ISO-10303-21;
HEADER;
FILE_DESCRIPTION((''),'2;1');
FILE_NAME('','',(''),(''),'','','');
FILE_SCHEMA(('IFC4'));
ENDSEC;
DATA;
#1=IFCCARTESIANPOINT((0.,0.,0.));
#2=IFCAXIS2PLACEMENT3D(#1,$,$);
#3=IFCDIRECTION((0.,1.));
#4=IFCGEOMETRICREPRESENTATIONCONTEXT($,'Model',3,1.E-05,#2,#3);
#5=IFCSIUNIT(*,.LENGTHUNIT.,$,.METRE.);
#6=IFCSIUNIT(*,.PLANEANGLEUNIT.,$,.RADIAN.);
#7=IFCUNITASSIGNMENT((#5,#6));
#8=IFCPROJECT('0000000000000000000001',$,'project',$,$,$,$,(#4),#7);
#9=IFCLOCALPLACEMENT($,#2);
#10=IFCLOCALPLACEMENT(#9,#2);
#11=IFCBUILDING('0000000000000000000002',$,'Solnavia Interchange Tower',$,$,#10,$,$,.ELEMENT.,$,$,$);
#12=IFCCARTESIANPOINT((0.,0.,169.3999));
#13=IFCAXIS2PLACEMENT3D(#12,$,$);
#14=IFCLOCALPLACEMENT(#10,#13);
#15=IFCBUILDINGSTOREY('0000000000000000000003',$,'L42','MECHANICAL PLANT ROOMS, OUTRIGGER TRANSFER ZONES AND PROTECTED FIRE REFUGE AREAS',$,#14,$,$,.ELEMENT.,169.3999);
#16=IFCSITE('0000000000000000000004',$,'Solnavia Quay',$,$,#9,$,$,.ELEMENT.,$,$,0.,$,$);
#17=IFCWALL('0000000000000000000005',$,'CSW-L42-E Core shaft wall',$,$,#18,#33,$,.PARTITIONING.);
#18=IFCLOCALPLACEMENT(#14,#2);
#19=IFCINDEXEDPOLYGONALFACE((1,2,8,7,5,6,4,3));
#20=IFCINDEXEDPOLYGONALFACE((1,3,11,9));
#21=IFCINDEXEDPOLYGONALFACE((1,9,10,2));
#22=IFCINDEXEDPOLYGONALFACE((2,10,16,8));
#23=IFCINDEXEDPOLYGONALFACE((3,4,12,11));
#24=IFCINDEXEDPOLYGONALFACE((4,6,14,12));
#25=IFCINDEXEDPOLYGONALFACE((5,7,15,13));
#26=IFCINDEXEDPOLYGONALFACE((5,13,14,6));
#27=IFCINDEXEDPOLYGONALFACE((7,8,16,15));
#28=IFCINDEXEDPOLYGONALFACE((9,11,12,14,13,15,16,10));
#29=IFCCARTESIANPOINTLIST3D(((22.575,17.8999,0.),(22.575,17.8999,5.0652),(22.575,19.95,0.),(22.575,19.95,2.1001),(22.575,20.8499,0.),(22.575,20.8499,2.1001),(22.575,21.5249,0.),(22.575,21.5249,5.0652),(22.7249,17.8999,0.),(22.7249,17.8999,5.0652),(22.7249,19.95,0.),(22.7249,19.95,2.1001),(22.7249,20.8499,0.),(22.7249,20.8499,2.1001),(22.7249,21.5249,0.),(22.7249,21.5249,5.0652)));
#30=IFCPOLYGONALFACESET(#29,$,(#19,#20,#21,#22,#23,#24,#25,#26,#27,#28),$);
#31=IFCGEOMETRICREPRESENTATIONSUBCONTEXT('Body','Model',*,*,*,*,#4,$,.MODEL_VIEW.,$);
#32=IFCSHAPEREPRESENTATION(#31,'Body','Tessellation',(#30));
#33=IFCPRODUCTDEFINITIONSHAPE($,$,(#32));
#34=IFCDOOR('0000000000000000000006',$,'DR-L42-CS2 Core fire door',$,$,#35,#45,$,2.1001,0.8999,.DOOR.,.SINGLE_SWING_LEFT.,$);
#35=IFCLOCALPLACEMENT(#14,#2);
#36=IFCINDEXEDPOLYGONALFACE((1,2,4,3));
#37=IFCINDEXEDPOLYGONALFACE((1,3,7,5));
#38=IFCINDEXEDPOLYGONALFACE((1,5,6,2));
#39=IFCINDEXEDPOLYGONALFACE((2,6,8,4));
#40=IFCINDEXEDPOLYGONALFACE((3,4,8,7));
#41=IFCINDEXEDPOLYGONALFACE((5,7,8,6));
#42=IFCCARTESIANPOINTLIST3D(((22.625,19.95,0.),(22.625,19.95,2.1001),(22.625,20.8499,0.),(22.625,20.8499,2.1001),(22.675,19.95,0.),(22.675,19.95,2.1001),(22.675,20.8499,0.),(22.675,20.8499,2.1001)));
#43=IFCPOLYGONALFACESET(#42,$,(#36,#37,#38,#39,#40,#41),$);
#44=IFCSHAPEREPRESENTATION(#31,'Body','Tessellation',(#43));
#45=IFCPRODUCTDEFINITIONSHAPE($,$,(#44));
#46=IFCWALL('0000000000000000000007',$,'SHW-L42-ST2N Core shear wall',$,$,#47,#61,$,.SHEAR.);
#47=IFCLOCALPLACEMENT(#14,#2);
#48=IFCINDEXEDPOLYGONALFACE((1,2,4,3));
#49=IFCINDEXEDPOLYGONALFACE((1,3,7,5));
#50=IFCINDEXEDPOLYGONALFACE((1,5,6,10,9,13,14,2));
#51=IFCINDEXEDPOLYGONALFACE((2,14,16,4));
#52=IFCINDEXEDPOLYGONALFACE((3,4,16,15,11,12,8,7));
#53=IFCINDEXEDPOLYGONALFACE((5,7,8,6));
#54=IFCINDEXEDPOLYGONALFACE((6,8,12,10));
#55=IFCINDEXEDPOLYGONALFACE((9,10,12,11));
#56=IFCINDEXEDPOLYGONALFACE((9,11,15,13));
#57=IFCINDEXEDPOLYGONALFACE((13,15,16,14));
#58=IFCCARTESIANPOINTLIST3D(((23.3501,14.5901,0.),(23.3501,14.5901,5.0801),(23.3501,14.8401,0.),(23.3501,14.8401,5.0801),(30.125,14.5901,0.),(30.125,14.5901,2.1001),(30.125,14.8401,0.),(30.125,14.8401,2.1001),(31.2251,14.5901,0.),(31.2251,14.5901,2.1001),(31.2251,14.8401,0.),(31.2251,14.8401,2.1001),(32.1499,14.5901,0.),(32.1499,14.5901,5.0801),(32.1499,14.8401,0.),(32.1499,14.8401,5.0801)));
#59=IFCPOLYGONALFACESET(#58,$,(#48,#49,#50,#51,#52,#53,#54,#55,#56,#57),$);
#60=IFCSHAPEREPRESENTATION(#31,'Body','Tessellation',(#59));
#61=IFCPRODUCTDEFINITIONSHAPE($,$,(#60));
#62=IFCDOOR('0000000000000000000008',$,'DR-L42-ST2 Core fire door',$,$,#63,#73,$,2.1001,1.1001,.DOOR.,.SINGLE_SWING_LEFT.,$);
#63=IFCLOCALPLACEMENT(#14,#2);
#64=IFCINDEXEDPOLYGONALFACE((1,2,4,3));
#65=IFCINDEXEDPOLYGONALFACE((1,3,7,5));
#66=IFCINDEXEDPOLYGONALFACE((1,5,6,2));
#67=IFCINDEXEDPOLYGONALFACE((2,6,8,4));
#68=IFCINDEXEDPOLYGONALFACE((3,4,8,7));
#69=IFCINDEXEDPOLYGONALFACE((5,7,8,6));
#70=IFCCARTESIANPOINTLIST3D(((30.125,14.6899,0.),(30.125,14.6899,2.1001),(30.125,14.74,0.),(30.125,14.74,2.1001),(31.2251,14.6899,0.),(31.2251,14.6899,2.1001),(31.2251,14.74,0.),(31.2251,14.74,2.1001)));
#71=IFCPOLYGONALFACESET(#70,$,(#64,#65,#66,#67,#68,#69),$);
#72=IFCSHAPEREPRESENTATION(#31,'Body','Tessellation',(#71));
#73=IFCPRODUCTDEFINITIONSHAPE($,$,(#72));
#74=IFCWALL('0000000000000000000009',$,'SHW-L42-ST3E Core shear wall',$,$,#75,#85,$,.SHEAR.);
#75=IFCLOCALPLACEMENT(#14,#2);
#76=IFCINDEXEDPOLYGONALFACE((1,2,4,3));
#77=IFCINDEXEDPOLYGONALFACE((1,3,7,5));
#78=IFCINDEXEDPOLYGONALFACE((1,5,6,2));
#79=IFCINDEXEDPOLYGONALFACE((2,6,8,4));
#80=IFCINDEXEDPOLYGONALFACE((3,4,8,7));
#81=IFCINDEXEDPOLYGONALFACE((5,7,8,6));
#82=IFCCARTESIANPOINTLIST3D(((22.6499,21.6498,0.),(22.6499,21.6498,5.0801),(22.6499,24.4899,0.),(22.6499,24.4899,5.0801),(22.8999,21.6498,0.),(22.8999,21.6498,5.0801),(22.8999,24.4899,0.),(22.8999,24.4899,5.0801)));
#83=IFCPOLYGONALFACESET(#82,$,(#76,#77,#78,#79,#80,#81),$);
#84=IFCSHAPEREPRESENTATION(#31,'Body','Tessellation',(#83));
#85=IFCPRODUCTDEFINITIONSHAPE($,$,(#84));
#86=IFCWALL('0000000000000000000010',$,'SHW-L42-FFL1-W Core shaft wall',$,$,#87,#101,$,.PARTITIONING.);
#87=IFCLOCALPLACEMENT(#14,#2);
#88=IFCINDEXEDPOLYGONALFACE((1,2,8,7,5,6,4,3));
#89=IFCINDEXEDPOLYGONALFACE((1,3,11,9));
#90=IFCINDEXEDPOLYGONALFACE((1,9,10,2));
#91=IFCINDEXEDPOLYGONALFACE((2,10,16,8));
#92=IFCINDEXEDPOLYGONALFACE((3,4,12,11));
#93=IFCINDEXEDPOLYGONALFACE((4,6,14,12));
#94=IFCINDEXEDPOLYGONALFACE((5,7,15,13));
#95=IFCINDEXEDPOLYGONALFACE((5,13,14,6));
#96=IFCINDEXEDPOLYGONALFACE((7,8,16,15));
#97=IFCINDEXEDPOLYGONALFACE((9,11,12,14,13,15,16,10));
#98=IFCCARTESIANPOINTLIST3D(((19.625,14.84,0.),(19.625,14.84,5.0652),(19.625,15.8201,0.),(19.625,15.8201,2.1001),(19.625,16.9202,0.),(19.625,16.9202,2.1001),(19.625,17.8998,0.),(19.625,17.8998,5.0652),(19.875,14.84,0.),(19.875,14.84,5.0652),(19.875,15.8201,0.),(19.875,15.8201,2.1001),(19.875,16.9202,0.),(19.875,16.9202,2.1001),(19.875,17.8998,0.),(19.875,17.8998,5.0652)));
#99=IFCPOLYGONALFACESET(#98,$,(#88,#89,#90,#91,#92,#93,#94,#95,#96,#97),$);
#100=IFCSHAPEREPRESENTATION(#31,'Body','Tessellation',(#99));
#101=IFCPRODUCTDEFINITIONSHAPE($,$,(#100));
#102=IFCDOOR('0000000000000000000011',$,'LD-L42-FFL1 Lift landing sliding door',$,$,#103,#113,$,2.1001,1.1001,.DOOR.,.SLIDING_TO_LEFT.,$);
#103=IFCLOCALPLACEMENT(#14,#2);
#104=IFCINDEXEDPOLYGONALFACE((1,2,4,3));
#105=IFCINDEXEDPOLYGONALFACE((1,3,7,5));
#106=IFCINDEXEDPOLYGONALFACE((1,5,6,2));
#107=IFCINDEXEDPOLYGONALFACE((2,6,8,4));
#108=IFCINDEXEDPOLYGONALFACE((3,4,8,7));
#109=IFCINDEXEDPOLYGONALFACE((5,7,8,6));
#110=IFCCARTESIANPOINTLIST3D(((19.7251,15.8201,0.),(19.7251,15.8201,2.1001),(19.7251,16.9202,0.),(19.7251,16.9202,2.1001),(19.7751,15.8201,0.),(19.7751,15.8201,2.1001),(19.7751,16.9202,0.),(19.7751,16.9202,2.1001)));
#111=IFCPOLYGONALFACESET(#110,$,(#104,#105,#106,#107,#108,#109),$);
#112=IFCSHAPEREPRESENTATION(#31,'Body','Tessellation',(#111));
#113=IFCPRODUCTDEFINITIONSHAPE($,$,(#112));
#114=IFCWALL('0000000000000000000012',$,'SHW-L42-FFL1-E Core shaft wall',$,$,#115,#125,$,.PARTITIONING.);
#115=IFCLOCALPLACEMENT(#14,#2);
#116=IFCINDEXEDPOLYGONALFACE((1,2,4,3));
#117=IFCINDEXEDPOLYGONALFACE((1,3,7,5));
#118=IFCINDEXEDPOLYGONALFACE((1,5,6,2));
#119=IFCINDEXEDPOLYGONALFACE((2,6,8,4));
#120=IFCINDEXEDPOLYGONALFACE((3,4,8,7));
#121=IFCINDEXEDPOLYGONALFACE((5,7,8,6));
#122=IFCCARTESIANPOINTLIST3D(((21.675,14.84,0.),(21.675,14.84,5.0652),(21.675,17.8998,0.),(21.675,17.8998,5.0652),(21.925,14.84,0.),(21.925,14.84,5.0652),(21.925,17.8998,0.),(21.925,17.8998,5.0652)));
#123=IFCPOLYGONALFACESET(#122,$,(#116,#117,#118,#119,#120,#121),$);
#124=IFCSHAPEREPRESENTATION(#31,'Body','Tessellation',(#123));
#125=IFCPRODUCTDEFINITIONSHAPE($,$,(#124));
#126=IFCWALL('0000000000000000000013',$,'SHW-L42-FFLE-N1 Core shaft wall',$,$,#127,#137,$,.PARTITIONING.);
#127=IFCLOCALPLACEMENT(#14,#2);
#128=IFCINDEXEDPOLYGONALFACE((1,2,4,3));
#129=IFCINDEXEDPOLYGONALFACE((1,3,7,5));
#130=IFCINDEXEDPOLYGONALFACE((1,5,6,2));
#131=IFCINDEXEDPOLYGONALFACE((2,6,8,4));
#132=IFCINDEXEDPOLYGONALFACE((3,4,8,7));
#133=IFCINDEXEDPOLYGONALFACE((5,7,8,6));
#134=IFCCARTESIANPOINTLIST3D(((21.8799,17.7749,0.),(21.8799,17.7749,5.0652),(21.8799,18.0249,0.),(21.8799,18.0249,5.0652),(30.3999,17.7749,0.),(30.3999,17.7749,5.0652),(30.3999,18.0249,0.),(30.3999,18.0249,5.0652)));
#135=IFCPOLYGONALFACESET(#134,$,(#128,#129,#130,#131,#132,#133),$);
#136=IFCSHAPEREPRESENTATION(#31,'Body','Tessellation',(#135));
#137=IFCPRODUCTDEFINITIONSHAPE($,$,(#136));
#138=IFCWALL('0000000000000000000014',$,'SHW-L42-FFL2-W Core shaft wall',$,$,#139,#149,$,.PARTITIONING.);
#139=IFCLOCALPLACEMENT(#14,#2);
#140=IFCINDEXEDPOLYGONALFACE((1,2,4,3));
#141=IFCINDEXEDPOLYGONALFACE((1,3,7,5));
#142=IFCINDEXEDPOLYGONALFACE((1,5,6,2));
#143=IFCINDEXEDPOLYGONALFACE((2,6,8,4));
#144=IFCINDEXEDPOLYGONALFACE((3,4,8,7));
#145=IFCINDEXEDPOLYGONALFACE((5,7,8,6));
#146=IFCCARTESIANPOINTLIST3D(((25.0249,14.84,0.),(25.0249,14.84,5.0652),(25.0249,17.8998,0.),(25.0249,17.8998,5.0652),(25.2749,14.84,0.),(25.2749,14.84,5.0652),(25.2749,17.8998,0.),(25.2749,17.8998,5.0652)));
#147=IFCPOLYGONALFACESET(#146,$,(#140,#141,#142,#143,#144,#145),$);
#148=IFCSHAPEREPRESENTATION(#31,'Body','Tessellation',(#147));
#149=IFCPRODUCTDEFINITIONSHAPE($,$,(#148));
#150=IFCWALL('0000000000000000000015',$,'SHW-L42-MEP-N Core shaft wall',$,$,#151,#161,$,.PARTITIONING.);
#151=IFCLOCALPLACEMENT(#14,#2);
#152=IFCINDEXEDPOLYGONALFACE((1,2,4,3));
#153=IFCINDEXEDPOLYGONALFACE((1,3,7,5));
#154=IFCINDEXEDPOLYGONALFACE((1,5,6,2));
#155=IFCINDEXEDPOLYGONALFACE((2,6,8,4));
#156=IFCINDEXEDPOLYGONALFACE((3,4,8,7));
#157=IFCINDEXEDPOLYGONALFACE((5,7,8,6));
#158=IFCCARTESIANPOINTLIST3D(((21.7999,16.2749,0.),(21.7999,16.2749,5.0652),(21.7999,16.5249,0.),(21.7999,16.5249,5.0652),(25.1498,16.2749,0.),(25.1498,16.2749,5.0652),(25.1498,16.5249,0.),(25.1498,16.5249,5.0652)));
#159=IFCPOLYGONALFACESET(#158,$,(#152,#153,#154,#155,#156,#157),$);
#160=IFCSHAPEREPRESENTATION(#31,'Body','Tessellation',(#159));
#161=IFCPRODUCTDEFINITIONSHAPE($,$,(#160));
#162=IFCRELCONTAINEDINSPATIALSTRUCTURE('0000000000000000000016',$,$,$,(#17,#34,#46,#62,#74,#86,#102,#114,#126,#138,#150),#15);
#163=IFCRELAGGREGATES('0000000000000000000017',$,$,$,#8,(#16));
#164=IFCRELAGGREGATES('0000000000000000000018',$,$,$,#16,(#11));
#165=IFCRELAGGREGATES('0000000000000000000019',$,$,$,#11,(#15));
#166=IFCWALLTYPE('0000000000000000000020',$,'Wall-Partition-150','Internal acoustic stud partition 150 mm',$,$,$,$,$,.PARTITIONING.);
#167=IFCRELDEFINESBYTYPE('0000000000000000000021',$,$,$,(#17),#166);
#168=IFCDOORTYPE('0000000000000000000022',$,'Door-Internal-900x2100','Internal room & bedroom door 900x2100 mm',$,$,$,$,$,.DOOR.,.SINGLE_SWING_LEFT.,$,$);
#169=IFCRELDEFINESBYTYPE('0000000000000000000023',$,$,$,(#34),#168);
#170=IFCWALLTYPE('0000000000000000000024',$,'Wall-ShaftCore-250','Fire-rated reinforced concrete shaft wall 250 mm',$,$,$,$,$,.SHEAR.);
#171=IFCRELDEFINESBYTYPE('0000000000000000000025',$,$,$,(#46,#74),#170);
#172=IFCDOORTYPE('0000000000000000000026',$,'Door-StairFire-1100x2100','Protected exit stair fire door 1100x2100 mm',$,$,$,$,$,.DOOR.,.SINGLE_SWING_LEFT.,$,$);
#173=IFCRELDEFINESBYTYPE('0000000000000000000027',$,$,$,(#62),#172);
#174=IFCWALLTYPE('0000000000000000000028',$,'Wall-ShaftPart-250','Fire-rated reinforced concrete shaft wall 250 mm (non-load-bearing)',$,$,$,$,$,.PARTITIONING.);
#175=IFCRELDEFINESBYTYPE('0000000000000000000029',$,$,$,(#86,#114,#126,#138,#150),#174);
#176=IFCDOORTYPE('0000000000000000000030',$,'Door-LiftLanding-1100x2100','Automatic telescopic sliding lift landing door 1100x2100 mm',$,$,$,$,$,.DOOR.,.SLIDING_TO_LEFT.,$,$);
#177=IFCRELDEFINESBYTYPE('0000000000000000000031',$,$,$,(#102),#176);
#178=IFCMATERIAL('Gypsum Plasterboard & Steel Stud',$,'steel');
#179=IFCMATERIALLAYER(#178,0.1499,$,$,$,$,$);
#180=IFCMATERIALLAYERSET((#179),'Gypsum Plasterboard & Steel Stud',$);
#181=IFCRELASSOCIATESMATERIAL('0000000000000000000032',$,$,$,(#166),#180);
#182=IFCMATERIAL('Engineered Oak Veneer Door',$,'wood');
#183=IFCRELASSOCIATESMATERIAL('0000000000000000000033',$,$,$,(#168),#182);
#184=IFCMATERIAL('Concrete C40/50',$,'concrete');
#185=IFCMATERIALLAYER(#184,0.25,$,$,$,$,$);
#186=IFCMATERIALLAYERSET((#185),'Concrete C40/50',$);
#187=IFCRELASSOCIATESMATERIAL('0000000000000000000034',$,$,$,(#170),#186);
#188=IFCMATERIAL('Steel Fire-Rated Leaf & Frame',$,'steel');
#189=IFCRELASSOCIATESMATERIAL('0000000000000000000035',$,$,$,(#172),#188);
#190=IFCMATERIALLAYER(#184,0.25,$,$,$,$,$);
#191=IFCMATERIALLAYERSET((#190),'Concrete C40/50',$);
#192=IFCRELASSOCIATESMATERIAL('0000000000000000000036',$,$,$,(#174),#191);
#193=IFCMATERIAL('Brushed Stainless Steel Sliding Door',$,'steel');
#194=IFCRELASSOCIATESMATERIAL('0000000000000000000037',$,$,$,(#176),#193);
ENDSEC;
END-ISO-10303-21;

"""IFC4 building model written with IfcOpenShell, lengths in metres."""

from ifc_helpers import new_model, si_unit, direction, frame, frame_2d, origin, place, context, subcontext, project, spatial, rectangle, extrude, material, layer, layer_set, type_object, element, fill, save


model = new_model("IFC4")

# Units and contexts
model_context = context("Model", 3, precision=1e-05, world=origin(), true_north=direction((0.0, 1.0)))
body_context = subcontext(model_context, "Body", "Model", "MODEL_VIEW")
ifc_project = project(units=[si_unit("LENGTHUNIT", "METRE"), si_unit("PLANEANGLEUNIT", "RADIAN")], contexts=[model_context])

# Site, building, storey
site_placement = place(None, origin())
site = spatial("IfcSite", under=ifc_project, at=site_placement, Name="Solnavia Quay", CompositionType="ELEMENT", RefElevation=0.0)
building_placement = place(site_placement, origin())
building = spatial("IfcBuilding", under=site, at=building_placement, Name="Solnavia Interchange Tower", CompositionType="ELEMENT")
storey_placement = place(building_placement, frame((0.0, 0.0, 169.3999)))
storey = spatial("IfcBuildingStorey", under=building, at=storey_placement, Name="L42", Description="MECHANICAL PLANT ROOMS, OUTRIGGER TRANSFER ZONES AND PROTECTED FIRE REFUGE AREAS", CompositionType="ELEMENT", Elevation=169.3999)

# Walls, openings, doors
ifc_material_1 = material(Name="Gypsum Plasterboard & Steel Stud", Category="steel")
ifc_layer_1 = layer(ifc_material_1, 0.1499)
ifc_layer_set_1 = layer_set([ifc_layer_1], Name="Gypsum Plasterboard & Steel Stud")
wall_type_1 = type_object("IfcWallType", Name="Wall-Partition-150", Description="Internal acoustic stud partition 150 mm", PredefinedType="PARTITIONING", material=ifc_layer_set_1)
wall_1_placement = place(storey_placement, frame((22.6499, 17.8999, 0.0), z_axis=(0.0, 0.0, 1.0), x_axis=(0.0, 1.0, 0.0)))
wall_1 = element("IfcWall", 1, at=wall_1_placement, inside=storey, type_object=wall_type_1, Name="CSW-L42-E Core shaft wall", PredefinedType="PARTITIONING", context=body_context, shape_type="SweptSolid", body=[
    extrude(rectangle(XDim=3.625, YDim=0.1499, at=frame_2d((1.8125, 0.0))), origin(), (0.0, 0.0, 1.0), 5.0652),
])
opening_1_placement = place(wall_1_placement, frame((2.05, 0.0, 0.0)))
opening_1 = element("IfcOpeningElement", 2, at=opening_1_placement, cuts=wall_1, PredefinedType="OPENING", context=body_context, shape_type="SweptSolid", body=[
    extrude(rectangle(XDim=0.8999, YDim=2.1001, at=frame_2d((0.45, 1.05))), frame((0.0, 0.085, 0.0), z_axis=(0.0, -1.0, 0.0), x_axis=(1.0, 0.0, 0.0)), (0.0, 0.0, 1.0), 0.1699),
])
ifc_material_2 = material(Name="Engineered Oak Veneer Door", Category="wood")
door_type_1 = type_object("IfcDoorType", Name="Door-Internal-900x2100", Description="Internal room & bedroom door 900x2100 mm", OperationType="SINGLE_SWING_LEFT", PredefinedType="DOOR", material=ifc_material_2)
door_1_placement = place(opening_1_placement, origin())
door_1 = element("IfcDoor", 3, at=door_1_placement, inside=storey, type_object=door_type_1, Name="DR-L42-CS2 Core fire door", OperationType="SINGLE_SWING_LEFT", OverallHeight=2.1001, OverallWidth=0.8999, PredefinedType="DOOR", context=body_context, shape_type="SweptSolid", body=[
    extrude(rectangle(XDim=0.8999, YDim=2.1001, at=frame_2d((0.45, 1.05))), frame((0.0, 0.0249, 0.0), z_axis=(0.0, -1.0, 0.0), x_axis=(1.0, 0.0, 0.0)), (0.0, 0.0, 1.0), 0.05),
])
fill(opening_1, door_1)
ifc_material_3 = material(Name="Concrete C40/50", Category="concrete")
ifc_layer_2 = layer(ifc_material_3, 0.25)
ifc_layer_set_2 = layer_set([ifc_layer_2], Name="Concrete C40/50")
wall_type_2 = type_object("IfcWallType", Name="Wall-ShaftCore-250", Description="Fire-rated reinforced concrete shaft wall 250 mm", PredefinedType="SHEAR", material=ifc_layer_set_2)
wall_2_placement = place(storey_placement, frame((23.3501, 14.7151, 0.0), z_axis=(0.0, 0.0, 1.0), x_axis=(1.0, 0.0, 0.0)))
wall_2 = element("IfcWall", 4, at=wall_2_placement, inside=storey, type_object=wall_type_2, Name="SHW-L42-ST2N Core shear wall", PredefinedType="SHEAR", context=body_context, shape_type="SweptSolid", body=[
    extrude(rectangle(XDim=8.7998, YDim=0.25, at=frame_2d((4.3999, 0.0))), origin(), (0.0, 0.0, 1.0), 5.0801),
])
opening_2_placement = place(wall_2_placement, frame((6.7749, 0.0, 0.0)))
opening_2 = element("IfcOpeningElement", 5, at=opening_2_placement, cuts=wall_2, PredefinedType="OPENING", context=body_context, shape_type="SweptSolid", body=[
    extrude(rectangle(XDim=1.1001, YDim=2.1001, at=frame_2d((0.55, 1.05))), frame((0.0, 0.135, 0.0), z_axis=(0.0, -1.0, 0.0), x_axis=(1.0, 0.0, 0.0)), (0.0, 0.0, 1.0), 0.27),
])
ifc_material_4 = material(Name="Steel Fire-Rated Leaf & Frame", Category="steel")
door_type_2 = type_object("IfcDoorType", Name="Door-StairFire-1100x2100", Description="Protected exit stair fire door 1100x2100 mm", OperationType="SINGLE_SWING_LEFT", PredefinedType="DOOR", material=ifc_material_4)
door_2_placement = place(opening_2_placement, origin())
door_2 = element("IfcDoor", 6, at=door_2_placement, inside=storey, type_object=door_type_2, Name="DR-L42-ST2 Core fire door", OperationType="SINGLE_SWING_LEFT", OverallHeight=2.1001, OverallWidth=1.1001, PredefinedType="DOOR", context=body_context, shape_type="SweptSolid", body=[
    extrude(rectangle(XDim=1.1001, YDim=2.1001, at=frame_2d((0.55, 1.05))), frame((0.0, 0.0249, 0.0), z_axis=(0.0, -1.0, 0.0), x_axis=(1.0, 0.0, 0.0)), (0.0, 0.0, 1.0), 0.05),
])
fill(opening_2, door_2)

# Wall
wall_3_placement = place(storey_placement, frame((22.7749, 21.6499, 0.0), z_axis=(0.0, 0.0, 1.0), x_axis=(0.0, 1.0, 0.0)))
element("IfcWall", 7, at=wall_3_placement, inside=storey, type_object=wall_type_2, Name="SHW-L42-ST3E Core shear wall", PredefinedType="SHEAR", context=body_context, shape_type="SweptSolid", body=[
    extrude(rectangle(XDim=2.8401, YDim=0.25, at=frame_2d((1.4199, 0.0))), origin(), (0.0, 0.0, 1.0), 5.0801),
])

# Wall, opening, door
ifc_layer_3 = layer(ifc_material_3, 0.25)
ifc_layer_set_3 = layer_set([ifc_layer_3], Name="Concrete C40/50")
wall_type_3 = type_object("IfcWallType", Name="Wall-ShaftPart-250", Description="Fire-rated reinforced concrete shaft wall 250 mm (non-load-bearing)", PredefinedType="PARTITIONING", material=ifc_layer_set_3)
wall_4_placement = place(storey_placement, frame((19.75, 14.8401, 0.0), z_axis=(0.0, 0.0, 1.0), x_axis=(0.0, 1.0, 0.0)))
wall_4 = element("IfcWall", 8, at=wall_4_placement, inside=storey, type_object=wall_type_3, Name="SHW-L42-FFL1-W Core shaft wall", PredefinedType="PARTITIONING", context=body_context, shape_type="SweptSolid", body=[
    extrude(rectangle(XDim=3.0598, YDim=0.25, at=frame_2d((1.5298, 0.0))), origin(), (0.0, 0.0, 1.0), 5.0652),
])
opening_3_placement = place(wall_4_placement, frame((0.98, 0.0, 0.0)))
opening_3 = element("IfcOpeningElement", 9, at=opening_3_placement, cuts=wall_4, PredefinedType="OPENING", context=body_context, shape_type="SweptSolid", body=[
    extrude(rectangle(XDim=1.1001, YDim=2.1001, at=frame_2d((0.55, 1.05))), frame((0.0, 0.135, 0.0), z_axis=(0.0, -1.0, 0.0), x_axis=(1.0, 0.0, 0.0)), (0.0, 0.0, 1.0), 0.27),
])
ifc_material_5 = material(Name="Brushed Stainless Steel Sliding Door", Category="steel")
door_type_3 = type_object("IfcDoorType", Name="Door-LiftLanding-1100x2100", Description="Automatic telescopic sliding lift landing door 1100x2100 mm", OperationType="SLIDING_TO_LEFT", PredefinedType="DOOR", material=ifc_material_5)
door_3_placement = place(opening_3_placement, origin())
door_3 = element("IfcDoor", 10, at=door_3_placement, inside=storey, type_object=door_type_3, Name="LD-L42-FFL1 Lift landing sliding door", OperationType="SLIDING_TO_LEFT", OverallHeight=2.1001, OverallWidth=1.1001, PredefinedType="DOOR", context=body_context, shape_type="SweptSolid", body=[
    extrude(rectangle(XDim=1.1001, YDim=2.1001, at=frame_2d((0.55, 1.05))), frame((0.0, 0.0249, 0.0), z_axis=(0.0, -1.0, 0.0), x_axis=(1.0, 0.0, 0.0)), (0.0, 0.0, 1.0), 0.05),
])
fill(opening_3, door_3)

# Walls
wall_5_placement = place(storey_placement, frame((21.8, 14.8401, 0.0), z_axis=(0.0, 0.0, 1.0), x_axis=(0.0, 1.0, 0.0)))
element("IfcWall", 11, at=wall_5_placement, inside=storey, type_object=wall_type_3, Name="SHW-L42-FFL1-E Core shaft wall", PredefinedType="PARTITIONING", context=body_context, shape_type="SweptSolid", body=[
    extrude(rectangle(XDim=3.0598, YDim=0.25, at=frame_2d((1.5298, 0.0))), origin(), (0.0, 0.0, 1.0), 5.0652),
])
wall_6_placement = place(storey_placement, frame((21.8799, 17.8999, 0.0), z_axis=(0.0, 0.0, 1.0), x_axis=(1.0, 0.0, 0.0)))
element("IfcWall", 12, at=wall_6_placement, inside=storey, type_object=wall_type_3, Name="SHW-L42-FFLE-N1 Core shaft wall", PredefinedType="PARTITIONING", context=body_context, shape_type="SweptSolid", body=[
    extrude(rectangle(XDim=8.52, YDim=0.25, at=frame_2d((4.26, 0.0))), origin(), (0.0, 0.0, 1.0), 5.0652),
])
wall_7_placement = place(storey_placement, frame((25.1499, 14.8401, 0.0), z_axis=(0.0, 0.0, 1.0), x_axis=(0.0, 1.0, 0.0)))
element("IfcWall", 13, at=wall_7_placement, inside=storey, type_object=wall_type_3, Name="SHW-L42-FFL2-W Core shaft wall", PredefinedType="PARTITIONING", context=body_context, shape_type="SweptSolid", body=[
    extrude(rectangle(XDim=3.0598, YDim=0.25, at=frame_2d((1.5298, 0.0))), origin(), (0.0, 0.0, 1.0), 5.0652),
])
wall_8_placement = place(storey_placement, frame((21.8, 16.3999, 0.0), z_axis=(0.0, 0.0, 1.0), x_axis=(1.0, 0.0, 0.0)))
element("IfcWall", 14, at=wall_8_placement, inside=storey, type_object=wall_type_3, Name="SHW-L42-MEP-N Core shaft wall", PredefinedType="PARTITIONING", context=body_context, shape_type="SweptSolid", body=[
    extrude(rectangle(XDim=3.3499, YDim=0.25, at=frame_2d((1.6748, 0.0))), origin(), (0.0, 0.0, 1.0), 5.0652),
])

save(model, "model.ifc")
